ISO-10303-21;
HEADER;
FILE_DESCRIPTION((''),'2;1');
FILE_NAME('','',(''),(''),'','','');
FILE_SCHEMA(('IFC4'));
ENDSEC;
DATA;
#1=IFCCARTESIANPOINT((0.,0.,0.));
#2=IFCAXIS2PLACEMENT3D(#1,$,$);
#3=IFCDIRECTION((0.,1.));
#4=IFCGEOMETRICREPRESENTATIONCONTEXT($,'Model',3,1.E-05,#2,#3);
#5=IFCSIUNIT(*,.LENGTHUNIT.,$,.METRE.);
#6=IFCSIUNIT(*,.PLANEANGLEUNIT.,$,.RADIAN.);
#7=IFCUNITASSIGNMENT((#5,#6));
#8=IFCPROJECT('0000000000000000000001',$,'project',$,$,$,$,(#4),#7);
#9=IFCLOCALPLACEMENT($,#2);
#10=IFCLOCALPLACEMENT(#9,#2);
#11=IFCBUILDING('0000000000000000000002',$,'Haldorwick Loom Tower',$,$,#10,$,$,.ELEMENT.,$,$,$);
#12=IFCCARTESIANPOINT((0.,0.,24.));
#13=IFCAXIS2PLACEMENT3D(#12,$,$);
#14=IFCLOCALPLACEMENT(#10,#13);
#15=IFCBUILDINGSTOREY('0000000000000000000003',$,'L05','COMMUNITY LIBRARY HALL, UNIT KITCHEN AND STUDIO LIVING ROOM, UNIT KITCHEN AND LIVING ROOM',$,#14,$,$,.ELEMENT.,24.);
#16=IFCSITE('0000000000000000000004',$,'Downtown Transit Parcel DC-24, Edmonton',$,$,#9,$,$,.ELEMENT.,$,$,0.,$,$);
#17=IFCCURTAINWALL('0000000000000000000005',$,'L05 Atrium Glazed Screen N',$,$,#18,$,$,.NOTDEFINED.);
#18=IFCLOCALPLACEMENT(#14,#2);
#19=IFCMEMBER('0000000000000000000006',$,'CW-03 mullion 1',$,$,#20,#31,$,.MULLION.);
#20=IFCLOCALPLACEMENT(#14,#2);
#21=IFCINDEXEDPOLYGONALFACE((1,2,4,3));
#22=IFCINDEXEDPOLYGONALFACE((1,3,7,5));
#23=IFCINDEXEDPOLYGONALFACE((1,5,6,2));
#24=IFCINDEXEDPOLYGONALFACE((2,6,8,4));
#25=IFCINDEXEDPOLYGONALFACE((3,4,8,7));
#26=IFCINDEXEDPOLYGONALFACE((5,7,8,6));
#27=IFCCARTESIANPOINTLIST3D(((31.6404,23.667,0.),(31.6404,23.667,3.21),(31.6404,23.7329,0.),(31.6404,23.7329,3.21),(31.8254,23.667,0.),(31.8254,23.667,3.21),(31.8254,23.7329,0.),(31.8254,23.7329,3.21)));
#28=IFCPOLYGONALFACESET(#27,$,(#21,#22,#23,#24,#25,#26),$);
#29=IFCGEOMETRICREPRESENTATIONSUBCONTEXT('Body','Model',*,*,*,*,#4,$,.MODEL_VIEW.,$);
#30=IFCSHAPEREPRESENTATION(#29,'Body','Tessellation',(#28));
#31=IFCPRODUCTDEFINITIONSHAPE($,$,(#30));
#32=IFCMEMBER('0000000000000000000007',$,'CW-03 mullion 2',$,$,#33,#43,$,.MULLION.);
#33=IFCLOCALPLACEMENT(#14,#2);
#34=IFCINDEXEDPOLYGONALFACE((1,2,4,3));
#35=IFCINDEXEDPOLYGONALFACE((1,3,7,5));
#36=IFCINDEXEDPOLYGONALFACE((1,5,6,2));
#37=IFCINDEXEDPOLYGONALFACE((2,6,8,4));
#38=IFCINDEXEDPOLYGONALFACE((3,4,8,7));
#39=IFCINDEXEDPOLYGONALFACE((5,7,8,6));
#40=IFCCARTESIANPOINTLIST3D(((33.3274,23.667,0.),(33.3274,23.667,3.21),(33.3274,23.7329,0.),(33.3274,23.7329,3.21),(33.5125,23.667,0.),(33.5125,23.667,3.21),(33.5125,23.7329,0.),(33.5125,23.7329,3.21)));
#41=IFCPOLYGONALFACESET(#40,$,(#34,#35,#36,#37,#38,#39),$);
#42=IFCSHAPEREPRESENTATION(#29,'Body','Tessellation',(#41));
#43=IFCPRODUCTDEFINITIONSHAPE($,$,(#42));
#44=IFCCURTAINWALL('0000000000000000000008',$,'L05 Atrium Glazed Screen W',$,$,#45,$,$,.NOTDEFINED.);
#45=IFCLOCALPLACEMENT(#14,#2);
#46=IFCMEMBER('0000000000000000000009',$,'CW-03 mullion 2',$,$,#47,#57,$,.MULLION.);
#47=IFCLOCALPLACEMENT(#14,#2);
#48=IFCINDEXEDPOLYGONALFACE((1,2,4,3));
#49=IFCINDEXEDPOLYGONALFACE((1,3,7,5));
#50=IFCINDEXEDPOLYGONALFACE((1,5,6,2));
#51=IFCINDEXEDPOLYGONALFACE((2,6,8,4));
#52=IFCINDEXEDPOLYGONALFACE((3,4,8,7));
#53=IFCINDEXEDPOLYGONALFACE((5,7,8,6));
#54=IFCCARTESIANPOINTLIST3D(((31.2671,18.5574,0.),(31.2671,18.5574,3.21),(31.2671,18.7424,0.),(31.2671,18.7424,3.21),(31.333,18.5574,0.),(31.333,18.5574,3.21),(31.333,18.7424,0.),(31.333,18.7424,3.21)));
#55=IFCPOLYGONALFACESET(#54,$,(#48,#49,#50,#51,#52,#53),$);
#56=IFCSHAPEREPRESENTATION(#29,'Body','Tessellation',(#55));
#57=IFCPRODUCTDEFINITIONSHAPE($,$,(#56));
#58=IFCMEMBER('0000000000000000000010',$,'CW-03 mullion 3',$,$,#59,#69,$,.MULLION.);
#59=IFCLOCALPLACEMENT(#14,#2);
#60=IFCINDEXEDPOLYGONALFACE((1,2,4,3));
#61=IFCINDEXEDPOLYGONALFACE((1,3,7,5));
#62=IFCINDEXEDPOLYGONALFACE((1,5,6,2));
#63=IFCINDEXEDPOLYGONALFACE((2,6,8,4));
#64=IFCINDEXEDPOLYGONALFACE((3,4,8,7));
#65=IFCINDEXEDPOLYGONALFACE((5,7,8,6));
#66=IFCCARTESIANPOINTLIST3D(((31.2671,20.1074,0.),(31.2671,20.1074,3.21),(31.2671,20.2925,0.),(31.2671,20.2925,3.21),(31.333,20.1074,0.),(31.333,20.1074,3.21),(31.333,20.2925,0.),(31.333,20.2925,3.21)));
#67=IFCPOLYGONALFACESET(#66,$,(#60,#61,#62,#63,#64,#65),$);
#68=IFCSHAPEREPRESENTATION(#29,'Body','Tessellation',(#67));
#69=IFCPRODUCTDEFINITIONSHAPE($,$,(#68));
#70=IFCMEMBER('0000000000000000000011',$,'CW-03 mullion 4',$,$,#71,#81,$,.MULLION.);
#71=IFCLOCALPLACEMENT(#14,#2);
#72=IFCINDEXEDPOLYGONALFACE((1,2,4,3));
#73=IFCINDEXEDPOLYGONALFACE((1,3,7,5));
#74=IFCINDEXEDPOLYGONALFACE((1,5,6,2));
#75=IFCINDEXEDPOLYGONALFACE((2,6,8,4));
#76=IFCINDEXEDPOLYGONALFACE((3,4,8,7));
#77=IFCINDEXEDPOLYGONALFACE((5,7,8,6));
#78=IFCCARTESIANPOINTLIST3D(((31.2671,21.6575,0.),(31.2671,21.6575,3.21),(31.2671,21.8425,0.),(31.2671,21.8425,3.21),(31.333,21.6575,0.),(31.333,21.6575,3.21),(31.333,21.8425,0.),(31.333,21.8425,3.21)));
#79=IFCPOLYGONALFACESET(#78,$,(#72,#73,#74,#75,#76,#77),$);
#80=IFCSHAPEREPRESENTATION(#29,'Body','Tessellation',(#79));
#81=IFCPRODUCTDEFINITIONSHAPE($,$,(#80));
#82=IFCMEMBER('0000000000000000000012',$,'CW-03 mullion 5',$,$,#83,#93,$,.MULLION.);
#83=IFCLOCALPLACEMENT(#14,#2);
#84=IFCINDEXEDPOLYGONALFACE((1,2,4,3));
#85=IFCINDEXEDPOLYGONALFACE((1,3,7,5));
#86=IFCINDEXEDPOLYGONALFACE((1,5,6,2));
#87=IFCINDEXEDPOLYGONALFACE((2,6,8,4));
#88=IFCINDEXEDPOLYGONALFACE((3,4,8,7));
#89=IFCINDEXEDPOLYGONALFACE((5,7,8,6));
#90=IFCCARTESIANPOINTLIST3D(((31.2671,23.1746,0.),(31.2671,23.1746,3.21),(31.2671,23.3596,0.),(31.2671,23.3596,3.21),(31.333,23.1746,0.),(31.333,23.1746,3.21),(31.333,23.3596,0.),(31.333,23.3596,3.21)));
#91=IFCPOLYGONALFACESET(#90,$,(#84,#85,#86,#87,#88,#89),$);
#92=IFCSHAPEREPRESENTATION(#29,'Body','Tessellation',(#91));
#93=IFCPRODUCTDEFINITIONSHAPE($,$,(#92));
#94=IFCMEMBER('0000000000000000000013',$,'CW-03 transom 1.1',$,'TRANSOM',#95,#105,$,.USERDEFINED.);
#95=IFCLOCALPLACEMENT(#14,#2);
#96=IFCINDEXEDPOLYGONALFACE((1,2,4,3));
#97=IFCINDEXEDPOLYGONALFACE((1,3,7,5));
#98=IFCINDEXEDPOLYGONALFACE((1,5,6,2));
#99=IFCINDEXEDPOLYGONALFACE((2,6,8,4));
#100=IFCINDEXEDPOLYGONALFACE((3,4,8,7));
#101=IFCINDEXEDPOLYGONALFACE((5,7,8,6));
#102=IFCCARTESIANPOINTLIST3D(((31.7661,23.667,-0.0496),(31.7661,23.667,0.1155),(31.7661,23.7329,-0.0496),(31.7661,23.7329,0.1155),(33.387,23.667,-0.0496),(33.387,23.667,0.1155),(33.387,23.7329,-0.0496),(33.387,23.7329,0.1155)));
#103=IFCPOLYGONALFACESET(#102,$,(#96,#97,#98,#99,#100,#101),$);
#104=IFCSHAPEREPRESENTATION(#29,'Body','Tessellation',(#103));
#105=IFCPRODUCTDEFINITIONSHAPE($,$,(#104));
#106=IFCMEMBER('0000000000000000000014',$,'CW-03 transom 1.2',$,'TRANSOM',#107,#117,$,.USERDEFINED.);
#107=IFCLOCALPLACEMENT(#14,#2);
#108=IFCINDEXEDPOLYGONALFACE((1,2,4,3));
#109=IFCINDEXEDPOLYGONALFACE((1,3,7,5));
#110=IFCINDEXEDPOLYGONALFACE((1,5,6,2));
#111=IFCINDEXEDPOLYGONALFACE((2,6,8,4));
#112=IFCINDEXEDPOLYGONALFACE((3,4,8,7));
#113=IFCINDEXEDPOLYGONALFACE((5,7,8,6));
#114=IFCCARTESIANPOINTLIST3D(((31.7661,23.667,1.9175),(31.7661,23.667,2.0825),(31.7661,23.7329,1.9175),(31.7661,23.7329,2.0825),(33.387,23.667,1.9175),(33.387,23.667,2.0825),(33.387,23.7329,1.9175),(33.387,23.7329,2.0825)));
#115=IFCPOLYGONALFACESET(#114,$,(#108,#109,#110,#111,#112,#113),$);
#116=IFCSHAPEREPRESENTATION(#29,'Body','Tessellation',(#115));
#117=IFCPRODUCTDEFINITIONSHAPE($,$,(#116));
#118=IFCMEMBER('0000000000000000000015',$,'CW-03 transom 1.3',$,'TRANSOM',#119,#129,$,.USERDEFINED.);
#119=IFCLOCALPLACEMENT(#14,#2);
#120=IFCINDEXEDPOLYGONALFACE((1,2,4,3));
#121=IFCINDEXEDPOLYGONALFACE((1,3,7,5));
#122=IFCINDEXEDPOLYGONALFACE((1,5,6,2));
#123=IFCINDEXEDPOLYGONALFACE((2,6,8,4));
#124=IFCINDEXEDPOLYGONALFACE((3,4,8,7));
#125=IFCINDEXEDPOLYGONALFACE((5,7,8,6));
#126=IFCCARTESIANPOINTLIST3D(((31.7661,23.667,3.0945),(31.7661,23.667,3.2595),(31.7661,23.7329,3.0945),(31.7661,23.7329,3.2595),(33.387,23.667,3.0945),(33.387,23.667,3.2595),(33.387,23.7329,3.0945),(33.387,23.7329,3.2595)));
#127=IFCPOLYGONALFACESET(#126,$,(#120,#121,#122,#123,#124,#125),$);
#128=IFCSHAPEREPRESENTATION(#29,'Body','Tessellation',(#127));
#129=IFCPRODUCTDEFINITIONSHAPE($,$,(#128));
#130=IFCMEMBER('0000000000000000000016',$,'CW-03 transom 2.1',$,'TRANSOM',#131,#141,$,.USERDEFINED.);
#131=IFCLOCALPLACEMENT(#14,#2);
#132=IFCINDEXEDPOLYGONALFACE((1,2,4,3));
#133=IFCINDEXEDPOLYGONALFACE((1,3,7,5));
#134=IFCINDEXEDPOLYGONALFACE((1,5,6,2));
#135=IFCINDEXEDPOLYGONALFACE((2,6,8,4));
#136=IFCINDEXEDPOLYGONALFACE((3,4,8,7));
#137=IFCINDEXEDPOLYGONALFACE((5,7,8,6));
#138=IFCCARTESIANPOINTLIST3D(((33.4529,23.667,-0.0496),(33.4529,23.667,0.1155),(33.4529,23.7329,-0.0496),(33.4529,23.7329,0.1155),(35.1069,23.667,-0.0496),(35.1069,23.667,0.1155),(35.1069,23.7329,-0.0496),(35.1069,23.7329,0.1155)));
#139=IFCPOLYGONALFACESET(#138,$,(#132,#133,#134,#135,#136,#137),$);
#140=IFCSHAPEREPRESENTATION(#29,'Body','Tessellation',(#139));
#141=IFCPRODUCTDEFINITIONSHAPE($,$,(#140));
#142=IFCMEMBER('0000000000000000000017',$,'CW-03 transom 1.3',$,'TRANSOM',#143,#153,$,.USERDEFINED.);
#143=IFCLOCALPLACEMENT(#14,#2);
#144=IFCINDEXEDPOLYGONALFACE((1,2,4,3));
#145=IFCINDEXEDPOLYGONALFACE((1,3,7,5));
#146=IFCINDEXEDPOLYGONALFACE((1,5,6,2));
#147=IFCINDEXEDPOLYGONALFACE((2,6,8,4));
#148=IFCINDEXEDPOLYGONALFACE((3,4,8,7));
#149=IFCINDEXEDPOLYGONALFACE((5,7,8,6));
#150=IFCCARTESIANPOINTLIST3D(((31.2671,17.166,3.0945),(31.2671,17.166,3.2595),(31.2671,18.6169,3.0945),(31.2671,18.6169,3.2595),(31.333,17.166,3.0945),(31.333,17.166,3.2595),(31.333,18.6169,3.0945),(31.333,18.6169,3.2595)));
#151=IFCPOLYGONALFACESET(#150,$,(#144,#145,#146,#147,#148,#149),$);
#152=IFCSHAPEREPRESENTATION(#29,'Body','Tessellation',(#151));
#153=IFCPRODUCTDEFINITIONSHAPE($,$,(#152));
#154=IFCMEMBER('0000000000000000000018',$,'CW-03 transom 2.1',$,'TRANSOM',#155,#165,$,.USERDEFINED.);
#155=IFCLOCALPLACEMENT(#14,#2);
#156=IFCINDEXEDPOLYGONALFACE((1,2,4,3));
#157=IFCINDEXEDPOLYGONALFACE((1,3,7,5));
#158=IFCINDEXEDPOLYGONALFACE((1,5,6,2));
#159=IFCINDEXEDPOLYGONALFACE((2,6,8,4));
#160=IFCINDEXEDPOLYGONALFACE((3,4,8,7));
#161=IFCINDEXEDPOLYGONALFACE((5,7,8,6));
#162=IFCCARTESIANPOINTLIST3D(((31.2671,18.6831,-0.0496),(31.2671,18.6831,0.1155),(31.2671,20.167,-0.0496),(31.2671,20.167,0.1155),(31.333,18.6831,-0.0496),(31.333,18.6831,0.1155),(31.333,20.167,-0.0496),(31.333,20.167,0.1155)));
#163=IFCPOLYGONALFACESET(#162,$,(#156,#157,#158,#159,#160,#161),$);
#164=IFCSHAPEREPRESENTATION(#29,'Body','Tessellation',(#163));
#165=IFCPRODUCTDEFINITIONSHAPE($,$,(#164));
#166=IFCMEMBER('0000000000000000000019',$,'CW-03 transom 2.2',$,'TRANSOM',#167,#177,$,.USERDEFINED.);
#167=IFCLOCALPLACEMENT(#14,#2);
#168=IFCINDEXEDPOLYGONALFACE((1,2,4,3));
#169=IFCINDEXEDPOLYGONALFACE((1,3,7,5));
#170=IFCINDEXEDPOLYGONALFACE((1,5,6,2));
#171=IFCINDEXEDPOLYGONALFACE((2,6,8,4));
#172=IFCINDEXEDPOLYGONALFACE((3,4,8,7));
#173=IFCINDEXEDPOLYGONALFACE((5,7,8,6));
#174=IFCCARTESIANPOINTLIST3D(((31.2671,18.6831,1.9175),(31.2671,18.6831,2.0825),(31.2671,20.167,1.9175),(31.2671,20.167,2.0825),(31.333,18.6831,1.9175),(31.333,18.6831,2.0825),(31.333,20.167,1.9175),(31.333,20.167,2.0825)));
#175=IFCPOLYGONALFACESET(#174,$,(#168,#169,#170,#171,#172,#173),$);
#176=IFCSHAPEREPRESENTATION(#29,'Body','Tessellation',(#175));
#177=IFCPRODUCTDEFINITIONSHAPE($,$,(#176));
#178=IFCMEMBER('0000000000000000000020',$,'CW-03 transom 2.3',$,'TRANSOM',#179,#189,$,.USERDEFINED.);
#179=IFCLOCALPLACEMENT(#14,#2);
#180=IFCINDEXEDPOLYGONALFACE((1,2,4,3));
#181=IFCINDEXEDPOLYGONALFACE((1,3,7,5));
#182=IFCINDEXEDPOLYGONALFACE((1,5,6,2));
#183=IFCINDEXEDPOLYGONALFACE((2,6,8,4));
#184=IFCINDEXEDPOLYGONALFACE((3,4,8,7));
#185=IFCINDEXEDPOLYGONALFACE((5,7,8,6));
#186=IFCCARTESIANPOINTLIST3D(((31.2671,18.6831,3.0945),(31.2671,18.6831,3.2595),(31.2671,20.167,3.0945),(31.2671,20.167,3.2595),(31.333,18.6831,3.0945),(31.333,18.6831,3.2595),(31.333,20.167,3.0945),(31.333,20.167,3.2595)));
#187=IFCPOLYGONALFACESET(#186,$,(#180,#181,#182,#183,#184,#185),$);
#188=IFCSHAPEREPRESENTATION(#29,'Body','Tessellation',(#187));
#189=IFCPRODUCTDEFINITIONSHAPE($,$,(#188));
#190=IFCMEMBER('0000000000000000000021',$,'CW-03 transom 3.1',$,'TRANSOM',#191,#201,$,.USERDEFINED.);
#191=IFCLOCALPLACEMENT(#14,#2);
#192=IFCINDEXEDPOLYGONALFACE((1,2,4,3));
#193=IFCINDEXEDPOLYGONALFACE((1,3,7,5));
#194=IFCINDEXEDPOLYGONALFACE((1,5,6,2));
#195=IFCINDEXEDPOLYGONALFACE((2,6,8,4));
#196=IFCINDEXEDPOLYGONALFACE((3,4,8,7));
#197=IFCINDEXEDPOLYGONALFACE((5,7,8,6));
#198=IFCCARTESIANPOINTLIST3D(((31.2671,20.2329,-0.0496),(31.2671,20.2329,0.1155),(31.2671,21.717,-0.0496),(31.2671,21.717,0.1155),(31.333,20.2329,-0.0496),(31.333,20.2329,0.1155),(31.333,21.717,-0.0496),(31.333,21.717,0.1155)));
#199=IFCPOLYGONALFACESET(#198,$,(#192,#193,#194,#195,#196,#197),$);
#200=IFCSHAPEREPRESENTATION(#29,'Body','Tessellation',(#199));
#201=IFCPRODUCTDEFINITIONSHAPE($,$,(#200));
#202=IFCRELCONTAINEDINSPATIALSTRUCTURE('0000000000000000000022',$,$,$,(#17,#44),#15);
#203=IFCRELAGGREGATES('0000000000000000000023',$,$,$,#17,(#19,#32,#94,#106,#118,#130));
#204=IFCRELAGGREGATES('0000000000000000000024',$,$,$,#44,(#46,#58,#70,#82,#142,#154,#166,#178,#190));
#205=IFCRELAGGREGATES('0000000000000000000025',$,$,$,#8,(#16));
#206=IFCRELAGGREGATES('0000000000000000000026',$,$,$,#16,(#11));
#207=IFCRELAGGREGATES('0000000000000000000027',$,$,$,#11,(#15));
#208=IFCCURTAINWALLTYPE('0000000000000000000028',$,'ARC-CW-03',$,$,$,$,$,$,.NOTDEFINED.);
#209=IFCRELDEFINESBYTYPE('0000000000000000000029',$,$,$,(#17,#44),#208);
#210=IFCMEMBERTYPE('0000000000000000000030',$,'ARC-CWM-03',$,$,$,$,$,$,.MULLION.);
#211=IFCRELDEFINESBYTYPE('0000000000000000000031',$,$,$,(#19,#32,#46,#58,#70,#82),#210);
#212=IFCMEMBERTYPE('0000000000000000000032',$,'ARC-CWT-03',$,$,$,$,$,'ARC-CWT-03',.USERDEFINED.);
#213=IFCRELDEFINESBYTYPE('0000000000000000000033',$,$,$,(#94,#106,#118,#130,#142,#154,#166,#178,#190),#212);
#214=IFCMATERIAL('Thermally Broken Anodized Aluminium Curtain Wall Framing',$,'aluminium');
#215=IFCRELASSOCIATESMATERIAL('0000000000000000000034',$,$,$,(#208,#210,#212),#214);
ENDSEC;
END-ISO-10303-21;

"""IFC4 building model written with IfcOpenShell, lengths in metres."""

from ifc_helpers import new_model, si_unit, direction, frame, origin, origin_2d, place, context, subcontext, project, spatial, rectangle, extrude, material, material_profile, profile_set, type_object, element, aggregate, save


model = new_model("IFC4")

# Units and contexts
model_context = context("Model", 3, precision=1e-05, world=origin(), true_north=direction((0.0, 1.0)))
body_context = subcontext(model_context, "Body", "Model", "MODEL_VIEW")
ifc_project = project(units=[si_unit("LENGTHUNIT", "METRE"), si_unit("PLANEANGLEUNIT", "RADIAN")], contexts=[model_context])

# Site, building, storey
site_placement = place(None, origin())
site = spatial("IfcSite", under=ifc_project, at=site_placement, Name="Downtown Transit Parcel DC-24, Edmonton", CompositionType="ELEMENT", RefElevation=0.0)
building_placement = place(site_placement, origin())
building = spatial("IfcBuilding", under=site, at=building_placement, Name="Haldorwick Loom Tower", CompositionType="ELEMENT")
storey_placement = place(building_placement, frame((0.0, 0.0, 24.0)))
storey = spatial("IfcBuildingStorey", under=building, at=storey_placement, Name="L05", Description="COMMUNITY LIBRARY HALL, UNIT KITCHEN AND STUDIO LIVING ROOM, UNIT KITCHEN AND LIVING ROOM", CompositionType="ELEMENT", Elevation=24.0)

# Curtain walls, members
ifc_material_1 = material(Name="Thermally Broken Anodized Aluminium Curtain Wall Framing", Category="aluminium")
curtain_wall_type = type_object("IfcCurtainWallType", Name="ARC-CW-03", PredefinedType="NOTDEFINED", material=ifc_material_1)
curtain_wall_1_placement = place(storey_placement, origin())
curtain_wall_1 = element("IfcCurtainWall", 1, at=curtain_wall_1_placement, inside=storey, type_object=curtain_wall_type, Name="L05 Atrium Glazed Screen N", PredefinedType="NOTDEFINED")
ifc_material_profile_1 = material_profile(ifc_material_1, rectangle(XDim=0.0659, YDim=0.1851, at=origin_2d()), Name="ALU_MUL_66X185", Category="aluminium")
ifc_profile_set_1 = profile_set([ifc_material_profile_1], Name="Thermally Broken Anodized Aluminium Curtain Wall Framing")
member_type_1 = type_object("IfcMemberType", Name="ARC-CWM-03", PredefinedType="MULLION", material=ifc_profile_set_1)
member_1_placement = place(storey_placement, frame((31.7329, 23.7, 0.0), z_axis=(0.0, 0.0, 1.0), x_axis=(0.0, 1.0, 0.0)))
member_1 = element("IfcMember", 2, at=member_1_placement, type_object=member_type_1, Name="CW-03 mullion 1", PredefinedType="MULLION", context=body_context, shape_type="SweptSolid", body=[
    extrude(rectangle(XDim=0.0659, YDim=0.1851, at=origin_2d()), origin(), (0.0, 0.0, 1.0), 3.21),
])
member_2_placement = place(storey_placement, frame((33.4199, 23.7, 0.0), z_axis=(0.0, 0.0, 1.0), x_axis=(0.0, 1.0, 0.0)))
member_2 = element("IfcMember", 3, at=member_2_placement, type_object=member_type_1, Name="CW-03 mullion 2", PredefinedType="MULLION", context=body_context, shape_type="SweptSolid", body=[
    extrude(rectangle(XDim=0.0659, YDim=0.1851, at=origin_2d()), origin(), (0.0, 0.0, 1.0), 3.21),
])
curtain_wall_2_placement = place(storey_placement, origin())
curtain_wall_2 = element("IfcCurtainWall", 4, at=curtain_wall_2_placement, inside=storey, type_object=curtain_wall_type, Name="L05 Atrium Glazed Screen W", PredefinedType="NOTDEFINED")
member_3_placement = place(storey_placement, frame((31.3, 18.6499, 0.0), z_axis=(0.0, 0.0, 1.0), x_axis=(-1.0, 0.0, 0.0)))
member_3 = element("IfcMember", 5, at=member_3_placement, type_object=member_type_1, Name="CW-03 mullion 2", PredefinedType="MULLION", context=body_context, shape_type="SweptSolid", body=[
    extrude(rectangle(XDim=0.0659, YDim=0.1851, at=origin_2d()), origin(), (0.0, 0.0, 1.0), 3.21),
])
member_4_placement = place(storey_placement, frame((31.3, 20.2, 0.0), z_axis=(0.0, 0.0, 1.0), x_axis=(-1.0, 0.0, 0.0)))
member_4 = element("IfcMember", 6, at=member_4_placement, type_object=member_type_1, Name="CW-03 mullion 3", PredefinedType="MULLION", context=body_context, shape_type="SweptSolid", body=[
    extrude(rectangle(XDim=0.0659, YDim=0.1851, at=origin_2d()), origin(), (0.0, 0.0, 1.0), 3.21),
])
member_5_placement = place(storey_placement, frame((31.3, 21.75, 0.0), z_axis=(0.0, 0.0, 1.0), x_axis=(-1.0, 0.0, 0.0)))
member_5 = element("IfcMember", 7, at=member_5_placement, type_object=member_type_1, Name="CW-03 mullion 4", PredefinedType="MULLION", context=body_context, shape_type="SweptSolid", body=[
    extrude(rectangle(XDim=0.0659, YDim=0.1851, at=origin_2d()), origin(), (0.0, 0.0, 1.0), 3.21),
])
member_6_placement = place(storey_placement, frame((31.3, 23.2671, 0.0), z_axis=(0.0, 0.0, 1.0), x_axis=(-1.0, 0.0, 0.0)))
member_6 = element("IfcMember", 8, at=member_6_placement, type_object=member_type_1, Name="CW-03 mullion 5", PredefinedType="MULLION", context=body_context, shape_type="SweptSolid", body=[
    extrude(rectangle(XDim=0.0659, YDim=0.1851, at=origin_2d()), origin(), (0.0, 0.0, 1.0), 3.21),
])

# Members
ifc_material_profile_2 = material_profile(ifc_material_1, rectangle(XDim=0.0659, YDim=0.165, at=origin_2d()), Name="ALU_TRN_66X165", Category="aluminium")
ifc_profile_set_2 = profile_set([ifc_material_profile_2], Name="Thermally Broken Anodized Aluminium Curtain Wall Framing")
member_type_2 = type_object("IfcMemberType", Name="ARC-CWT-03", ElementType="ARC-CWT-03", PredefinedType="USERDEFINED", material=ifc_profile_set_2)
member_7_placement = place(storey_placement, frame((31.7661, 23.7, 0.033), z_axis=(1.0, 0.0, 0.0), x_axis=(0.0, 1.0, 0.0)))
member_7 = element("IfcMember", 9, at=member_7_placement, type_object=member_type_2, Name="CW-03 transom 1.1", ObjectType="TRANSOM", PredefinedType="USERDEFINED", context=body_context, shape_type="SweptSolid", body=[
    extrude(rectangle(XDim=0.0659, YDim=0.165, at=origin_2d()), origin(), (0.0, 0.0, 1.0), 1.6208),
])
member_8_placement = place(storey_placement, frame((31.7661, 23.7, 2.0), z_axis=(1.0, 0.0, 0.0), x_axis=(0.0, 1.0, 0.0)))
member_8 = element("IfcMember", 10, at=member_8_placement, type_object=member_type_2, Name="CW-03 transom 1.2", ObjectType="TRANSOM", PredefinedType="USERDEFINED", context=body_context, shape_type="SweptSolid", body=[
    extrude(rectangle(XDim=0.0659, YDim=0.165, at=origin_2d()), origin(), (0.0, 0.0, 1.0), 1.6208),
])
member_9_placement = place(storey_placement, frame((31.7661, 23.7, 3.177), z_axis=(1.0, 0.0, 0.0), x_axis=(0.0, 1.0, 0.0)))
member_9 = element("IfcMember", 11, at=member_9_placement, type_object=member_type_2, Name="CW-03 transom 1.3", ObjectType="TRANSOM", PredefinedType="USERDEFINED", context=body_context, shape_type="SweptSolid", body=[
    extrude(rectangle(XDim=0.0659, YDim=0.165, at=origin_2d()), origin(), (0.0, 0.0, 1.0), 1.6208),
])
member_10_placement = place(storey_placement, frame((33.4529, 23.7, 0.033), z_axis=(1.0, 0.0, 0.0), x_axis=(0.0, 1.0, 0.0)))
member_10 = element("IfcMember", 12, at=member_10_placement, type_object=member_type_2, Name="CW-03 transom 2.1", ObjectType="TRANSOM", PredefinedType="USERDEFINED", context=body_context, shape_type="SweptSolid", body=[
    extrude(rectangle(XDim=0.0659, YDim=0.165, at=origin_2d()), origin(), (0.0, 0.0, 1.0), 1.6541),
])
member_11_placement = place(storey_placement, frame((31.3, 17.166, 3.177), z_axis=(0.0, 1.0, 0.0), x_axis=(-1.0, 0.0, 0.0)))
member_11 = element("IfcMember", 13, at=member_11_placement, type_object=member_type_2, Name="CW-03 transom 1.3", ObjectType="TRANSOM", PredefinedType="USERDEFINED", context=body_context, shape_type="SweptSolid", body=[
    extrude(rectangle(XDim=0.0659, YDim=0.165, at=origin_2d()), origin(), (0.0, 0.0, 1.0), 1.4509),
])
member_12_placement = place(storey_placement, frame((31.3, 18.6831, 0.033), z_axis=(0.0, 1.0, 0.0), x_axis=(-1.0, 0.0, 0.0)))
member_12 = element("IfcMember", 14, at=member_12_placement, type_object=member_type_2, Name="CW-03 transom 2.1", ObjectType="TRANSOM", PredefinedType="USERDEFINED", context=body_context, shape_type="SweptSolid", body=[
    extrude(rectangle(XDim=0.0659, YDim=0.165, at=origin_2d()), origin(), (0.0, 0.0, 1.0), 1.4839),
])
member_13_placement = place(storey_placement, frame((31.3, 18.6831, 2.0), z_axis=(0.0, 1.0, 0.0), x_axis=(-1.0, 0.0, 0.0)))
member_13 = element("IfcMember", 15, at=member_13_placement, type_object=member_type_2, Name="CW-03 transom 2.2", ObjectType="TRANSOM", PredefinedType="USERDEFINED", context=body_context, shape_type="SweptSolid", body=[
    extrude(rectangle(XDim=0.0659, YDim=0.165, at=origin_2d()), origin(), (0.0, 0.0, 1.0), 1.4839),
])
member_14_placement = place(storey_placement, frame((31.3, 18.6831, 3.177), z_axis=(0.0, 1.0, 0.0), x_axis=(-1.0, 0.0, 0.0)))
member_14 = element("IfcMember", 16, at=member_14_placement, type_object=member_type_2, Name="CW-03 transom 2.3", ObjectType="TRANSOM", PredefinedType="USERDEFINED", context=body_context, shape_type="SweptSolid", body=[
    extrude(rectangle(XDim=0.0659, YDim=0.165, at=origin_2d()), origin(), (0.0, 0.0, 1.0), 1.4839),
])
member_15_placement = place(storey_placement, frame((31.3, 20.2329, 0.033), z_axis=(0.0, 1.0, 0.0), x_axis=(-1.0, 0.0, 0.0)))
member_15 = element("IfcMember", 17, at=member_15_placement, type_object=member_type_2, Name="CW-03 transom 3.1", ObjectType="TRANSOM", PredefinedType="USERDEFINED", context=body_context, shape_type="SweptSolid", body=[
    extrude(rectangle(XDim=0.0659, YDim=0.165, at=origin_2d()), origin(), (0.0, 0.0, 1.0), 1.4841),
])

aggregate(curtain_wall_1, [member_1, member_2, member_7, member_8, member_9, member_10])
aggregate(curtain_wall_2, [member_3, member_4, member_5, member_6, member_11, member_12, member_13, member_14, member_15])

save(model, "model.ifc")
